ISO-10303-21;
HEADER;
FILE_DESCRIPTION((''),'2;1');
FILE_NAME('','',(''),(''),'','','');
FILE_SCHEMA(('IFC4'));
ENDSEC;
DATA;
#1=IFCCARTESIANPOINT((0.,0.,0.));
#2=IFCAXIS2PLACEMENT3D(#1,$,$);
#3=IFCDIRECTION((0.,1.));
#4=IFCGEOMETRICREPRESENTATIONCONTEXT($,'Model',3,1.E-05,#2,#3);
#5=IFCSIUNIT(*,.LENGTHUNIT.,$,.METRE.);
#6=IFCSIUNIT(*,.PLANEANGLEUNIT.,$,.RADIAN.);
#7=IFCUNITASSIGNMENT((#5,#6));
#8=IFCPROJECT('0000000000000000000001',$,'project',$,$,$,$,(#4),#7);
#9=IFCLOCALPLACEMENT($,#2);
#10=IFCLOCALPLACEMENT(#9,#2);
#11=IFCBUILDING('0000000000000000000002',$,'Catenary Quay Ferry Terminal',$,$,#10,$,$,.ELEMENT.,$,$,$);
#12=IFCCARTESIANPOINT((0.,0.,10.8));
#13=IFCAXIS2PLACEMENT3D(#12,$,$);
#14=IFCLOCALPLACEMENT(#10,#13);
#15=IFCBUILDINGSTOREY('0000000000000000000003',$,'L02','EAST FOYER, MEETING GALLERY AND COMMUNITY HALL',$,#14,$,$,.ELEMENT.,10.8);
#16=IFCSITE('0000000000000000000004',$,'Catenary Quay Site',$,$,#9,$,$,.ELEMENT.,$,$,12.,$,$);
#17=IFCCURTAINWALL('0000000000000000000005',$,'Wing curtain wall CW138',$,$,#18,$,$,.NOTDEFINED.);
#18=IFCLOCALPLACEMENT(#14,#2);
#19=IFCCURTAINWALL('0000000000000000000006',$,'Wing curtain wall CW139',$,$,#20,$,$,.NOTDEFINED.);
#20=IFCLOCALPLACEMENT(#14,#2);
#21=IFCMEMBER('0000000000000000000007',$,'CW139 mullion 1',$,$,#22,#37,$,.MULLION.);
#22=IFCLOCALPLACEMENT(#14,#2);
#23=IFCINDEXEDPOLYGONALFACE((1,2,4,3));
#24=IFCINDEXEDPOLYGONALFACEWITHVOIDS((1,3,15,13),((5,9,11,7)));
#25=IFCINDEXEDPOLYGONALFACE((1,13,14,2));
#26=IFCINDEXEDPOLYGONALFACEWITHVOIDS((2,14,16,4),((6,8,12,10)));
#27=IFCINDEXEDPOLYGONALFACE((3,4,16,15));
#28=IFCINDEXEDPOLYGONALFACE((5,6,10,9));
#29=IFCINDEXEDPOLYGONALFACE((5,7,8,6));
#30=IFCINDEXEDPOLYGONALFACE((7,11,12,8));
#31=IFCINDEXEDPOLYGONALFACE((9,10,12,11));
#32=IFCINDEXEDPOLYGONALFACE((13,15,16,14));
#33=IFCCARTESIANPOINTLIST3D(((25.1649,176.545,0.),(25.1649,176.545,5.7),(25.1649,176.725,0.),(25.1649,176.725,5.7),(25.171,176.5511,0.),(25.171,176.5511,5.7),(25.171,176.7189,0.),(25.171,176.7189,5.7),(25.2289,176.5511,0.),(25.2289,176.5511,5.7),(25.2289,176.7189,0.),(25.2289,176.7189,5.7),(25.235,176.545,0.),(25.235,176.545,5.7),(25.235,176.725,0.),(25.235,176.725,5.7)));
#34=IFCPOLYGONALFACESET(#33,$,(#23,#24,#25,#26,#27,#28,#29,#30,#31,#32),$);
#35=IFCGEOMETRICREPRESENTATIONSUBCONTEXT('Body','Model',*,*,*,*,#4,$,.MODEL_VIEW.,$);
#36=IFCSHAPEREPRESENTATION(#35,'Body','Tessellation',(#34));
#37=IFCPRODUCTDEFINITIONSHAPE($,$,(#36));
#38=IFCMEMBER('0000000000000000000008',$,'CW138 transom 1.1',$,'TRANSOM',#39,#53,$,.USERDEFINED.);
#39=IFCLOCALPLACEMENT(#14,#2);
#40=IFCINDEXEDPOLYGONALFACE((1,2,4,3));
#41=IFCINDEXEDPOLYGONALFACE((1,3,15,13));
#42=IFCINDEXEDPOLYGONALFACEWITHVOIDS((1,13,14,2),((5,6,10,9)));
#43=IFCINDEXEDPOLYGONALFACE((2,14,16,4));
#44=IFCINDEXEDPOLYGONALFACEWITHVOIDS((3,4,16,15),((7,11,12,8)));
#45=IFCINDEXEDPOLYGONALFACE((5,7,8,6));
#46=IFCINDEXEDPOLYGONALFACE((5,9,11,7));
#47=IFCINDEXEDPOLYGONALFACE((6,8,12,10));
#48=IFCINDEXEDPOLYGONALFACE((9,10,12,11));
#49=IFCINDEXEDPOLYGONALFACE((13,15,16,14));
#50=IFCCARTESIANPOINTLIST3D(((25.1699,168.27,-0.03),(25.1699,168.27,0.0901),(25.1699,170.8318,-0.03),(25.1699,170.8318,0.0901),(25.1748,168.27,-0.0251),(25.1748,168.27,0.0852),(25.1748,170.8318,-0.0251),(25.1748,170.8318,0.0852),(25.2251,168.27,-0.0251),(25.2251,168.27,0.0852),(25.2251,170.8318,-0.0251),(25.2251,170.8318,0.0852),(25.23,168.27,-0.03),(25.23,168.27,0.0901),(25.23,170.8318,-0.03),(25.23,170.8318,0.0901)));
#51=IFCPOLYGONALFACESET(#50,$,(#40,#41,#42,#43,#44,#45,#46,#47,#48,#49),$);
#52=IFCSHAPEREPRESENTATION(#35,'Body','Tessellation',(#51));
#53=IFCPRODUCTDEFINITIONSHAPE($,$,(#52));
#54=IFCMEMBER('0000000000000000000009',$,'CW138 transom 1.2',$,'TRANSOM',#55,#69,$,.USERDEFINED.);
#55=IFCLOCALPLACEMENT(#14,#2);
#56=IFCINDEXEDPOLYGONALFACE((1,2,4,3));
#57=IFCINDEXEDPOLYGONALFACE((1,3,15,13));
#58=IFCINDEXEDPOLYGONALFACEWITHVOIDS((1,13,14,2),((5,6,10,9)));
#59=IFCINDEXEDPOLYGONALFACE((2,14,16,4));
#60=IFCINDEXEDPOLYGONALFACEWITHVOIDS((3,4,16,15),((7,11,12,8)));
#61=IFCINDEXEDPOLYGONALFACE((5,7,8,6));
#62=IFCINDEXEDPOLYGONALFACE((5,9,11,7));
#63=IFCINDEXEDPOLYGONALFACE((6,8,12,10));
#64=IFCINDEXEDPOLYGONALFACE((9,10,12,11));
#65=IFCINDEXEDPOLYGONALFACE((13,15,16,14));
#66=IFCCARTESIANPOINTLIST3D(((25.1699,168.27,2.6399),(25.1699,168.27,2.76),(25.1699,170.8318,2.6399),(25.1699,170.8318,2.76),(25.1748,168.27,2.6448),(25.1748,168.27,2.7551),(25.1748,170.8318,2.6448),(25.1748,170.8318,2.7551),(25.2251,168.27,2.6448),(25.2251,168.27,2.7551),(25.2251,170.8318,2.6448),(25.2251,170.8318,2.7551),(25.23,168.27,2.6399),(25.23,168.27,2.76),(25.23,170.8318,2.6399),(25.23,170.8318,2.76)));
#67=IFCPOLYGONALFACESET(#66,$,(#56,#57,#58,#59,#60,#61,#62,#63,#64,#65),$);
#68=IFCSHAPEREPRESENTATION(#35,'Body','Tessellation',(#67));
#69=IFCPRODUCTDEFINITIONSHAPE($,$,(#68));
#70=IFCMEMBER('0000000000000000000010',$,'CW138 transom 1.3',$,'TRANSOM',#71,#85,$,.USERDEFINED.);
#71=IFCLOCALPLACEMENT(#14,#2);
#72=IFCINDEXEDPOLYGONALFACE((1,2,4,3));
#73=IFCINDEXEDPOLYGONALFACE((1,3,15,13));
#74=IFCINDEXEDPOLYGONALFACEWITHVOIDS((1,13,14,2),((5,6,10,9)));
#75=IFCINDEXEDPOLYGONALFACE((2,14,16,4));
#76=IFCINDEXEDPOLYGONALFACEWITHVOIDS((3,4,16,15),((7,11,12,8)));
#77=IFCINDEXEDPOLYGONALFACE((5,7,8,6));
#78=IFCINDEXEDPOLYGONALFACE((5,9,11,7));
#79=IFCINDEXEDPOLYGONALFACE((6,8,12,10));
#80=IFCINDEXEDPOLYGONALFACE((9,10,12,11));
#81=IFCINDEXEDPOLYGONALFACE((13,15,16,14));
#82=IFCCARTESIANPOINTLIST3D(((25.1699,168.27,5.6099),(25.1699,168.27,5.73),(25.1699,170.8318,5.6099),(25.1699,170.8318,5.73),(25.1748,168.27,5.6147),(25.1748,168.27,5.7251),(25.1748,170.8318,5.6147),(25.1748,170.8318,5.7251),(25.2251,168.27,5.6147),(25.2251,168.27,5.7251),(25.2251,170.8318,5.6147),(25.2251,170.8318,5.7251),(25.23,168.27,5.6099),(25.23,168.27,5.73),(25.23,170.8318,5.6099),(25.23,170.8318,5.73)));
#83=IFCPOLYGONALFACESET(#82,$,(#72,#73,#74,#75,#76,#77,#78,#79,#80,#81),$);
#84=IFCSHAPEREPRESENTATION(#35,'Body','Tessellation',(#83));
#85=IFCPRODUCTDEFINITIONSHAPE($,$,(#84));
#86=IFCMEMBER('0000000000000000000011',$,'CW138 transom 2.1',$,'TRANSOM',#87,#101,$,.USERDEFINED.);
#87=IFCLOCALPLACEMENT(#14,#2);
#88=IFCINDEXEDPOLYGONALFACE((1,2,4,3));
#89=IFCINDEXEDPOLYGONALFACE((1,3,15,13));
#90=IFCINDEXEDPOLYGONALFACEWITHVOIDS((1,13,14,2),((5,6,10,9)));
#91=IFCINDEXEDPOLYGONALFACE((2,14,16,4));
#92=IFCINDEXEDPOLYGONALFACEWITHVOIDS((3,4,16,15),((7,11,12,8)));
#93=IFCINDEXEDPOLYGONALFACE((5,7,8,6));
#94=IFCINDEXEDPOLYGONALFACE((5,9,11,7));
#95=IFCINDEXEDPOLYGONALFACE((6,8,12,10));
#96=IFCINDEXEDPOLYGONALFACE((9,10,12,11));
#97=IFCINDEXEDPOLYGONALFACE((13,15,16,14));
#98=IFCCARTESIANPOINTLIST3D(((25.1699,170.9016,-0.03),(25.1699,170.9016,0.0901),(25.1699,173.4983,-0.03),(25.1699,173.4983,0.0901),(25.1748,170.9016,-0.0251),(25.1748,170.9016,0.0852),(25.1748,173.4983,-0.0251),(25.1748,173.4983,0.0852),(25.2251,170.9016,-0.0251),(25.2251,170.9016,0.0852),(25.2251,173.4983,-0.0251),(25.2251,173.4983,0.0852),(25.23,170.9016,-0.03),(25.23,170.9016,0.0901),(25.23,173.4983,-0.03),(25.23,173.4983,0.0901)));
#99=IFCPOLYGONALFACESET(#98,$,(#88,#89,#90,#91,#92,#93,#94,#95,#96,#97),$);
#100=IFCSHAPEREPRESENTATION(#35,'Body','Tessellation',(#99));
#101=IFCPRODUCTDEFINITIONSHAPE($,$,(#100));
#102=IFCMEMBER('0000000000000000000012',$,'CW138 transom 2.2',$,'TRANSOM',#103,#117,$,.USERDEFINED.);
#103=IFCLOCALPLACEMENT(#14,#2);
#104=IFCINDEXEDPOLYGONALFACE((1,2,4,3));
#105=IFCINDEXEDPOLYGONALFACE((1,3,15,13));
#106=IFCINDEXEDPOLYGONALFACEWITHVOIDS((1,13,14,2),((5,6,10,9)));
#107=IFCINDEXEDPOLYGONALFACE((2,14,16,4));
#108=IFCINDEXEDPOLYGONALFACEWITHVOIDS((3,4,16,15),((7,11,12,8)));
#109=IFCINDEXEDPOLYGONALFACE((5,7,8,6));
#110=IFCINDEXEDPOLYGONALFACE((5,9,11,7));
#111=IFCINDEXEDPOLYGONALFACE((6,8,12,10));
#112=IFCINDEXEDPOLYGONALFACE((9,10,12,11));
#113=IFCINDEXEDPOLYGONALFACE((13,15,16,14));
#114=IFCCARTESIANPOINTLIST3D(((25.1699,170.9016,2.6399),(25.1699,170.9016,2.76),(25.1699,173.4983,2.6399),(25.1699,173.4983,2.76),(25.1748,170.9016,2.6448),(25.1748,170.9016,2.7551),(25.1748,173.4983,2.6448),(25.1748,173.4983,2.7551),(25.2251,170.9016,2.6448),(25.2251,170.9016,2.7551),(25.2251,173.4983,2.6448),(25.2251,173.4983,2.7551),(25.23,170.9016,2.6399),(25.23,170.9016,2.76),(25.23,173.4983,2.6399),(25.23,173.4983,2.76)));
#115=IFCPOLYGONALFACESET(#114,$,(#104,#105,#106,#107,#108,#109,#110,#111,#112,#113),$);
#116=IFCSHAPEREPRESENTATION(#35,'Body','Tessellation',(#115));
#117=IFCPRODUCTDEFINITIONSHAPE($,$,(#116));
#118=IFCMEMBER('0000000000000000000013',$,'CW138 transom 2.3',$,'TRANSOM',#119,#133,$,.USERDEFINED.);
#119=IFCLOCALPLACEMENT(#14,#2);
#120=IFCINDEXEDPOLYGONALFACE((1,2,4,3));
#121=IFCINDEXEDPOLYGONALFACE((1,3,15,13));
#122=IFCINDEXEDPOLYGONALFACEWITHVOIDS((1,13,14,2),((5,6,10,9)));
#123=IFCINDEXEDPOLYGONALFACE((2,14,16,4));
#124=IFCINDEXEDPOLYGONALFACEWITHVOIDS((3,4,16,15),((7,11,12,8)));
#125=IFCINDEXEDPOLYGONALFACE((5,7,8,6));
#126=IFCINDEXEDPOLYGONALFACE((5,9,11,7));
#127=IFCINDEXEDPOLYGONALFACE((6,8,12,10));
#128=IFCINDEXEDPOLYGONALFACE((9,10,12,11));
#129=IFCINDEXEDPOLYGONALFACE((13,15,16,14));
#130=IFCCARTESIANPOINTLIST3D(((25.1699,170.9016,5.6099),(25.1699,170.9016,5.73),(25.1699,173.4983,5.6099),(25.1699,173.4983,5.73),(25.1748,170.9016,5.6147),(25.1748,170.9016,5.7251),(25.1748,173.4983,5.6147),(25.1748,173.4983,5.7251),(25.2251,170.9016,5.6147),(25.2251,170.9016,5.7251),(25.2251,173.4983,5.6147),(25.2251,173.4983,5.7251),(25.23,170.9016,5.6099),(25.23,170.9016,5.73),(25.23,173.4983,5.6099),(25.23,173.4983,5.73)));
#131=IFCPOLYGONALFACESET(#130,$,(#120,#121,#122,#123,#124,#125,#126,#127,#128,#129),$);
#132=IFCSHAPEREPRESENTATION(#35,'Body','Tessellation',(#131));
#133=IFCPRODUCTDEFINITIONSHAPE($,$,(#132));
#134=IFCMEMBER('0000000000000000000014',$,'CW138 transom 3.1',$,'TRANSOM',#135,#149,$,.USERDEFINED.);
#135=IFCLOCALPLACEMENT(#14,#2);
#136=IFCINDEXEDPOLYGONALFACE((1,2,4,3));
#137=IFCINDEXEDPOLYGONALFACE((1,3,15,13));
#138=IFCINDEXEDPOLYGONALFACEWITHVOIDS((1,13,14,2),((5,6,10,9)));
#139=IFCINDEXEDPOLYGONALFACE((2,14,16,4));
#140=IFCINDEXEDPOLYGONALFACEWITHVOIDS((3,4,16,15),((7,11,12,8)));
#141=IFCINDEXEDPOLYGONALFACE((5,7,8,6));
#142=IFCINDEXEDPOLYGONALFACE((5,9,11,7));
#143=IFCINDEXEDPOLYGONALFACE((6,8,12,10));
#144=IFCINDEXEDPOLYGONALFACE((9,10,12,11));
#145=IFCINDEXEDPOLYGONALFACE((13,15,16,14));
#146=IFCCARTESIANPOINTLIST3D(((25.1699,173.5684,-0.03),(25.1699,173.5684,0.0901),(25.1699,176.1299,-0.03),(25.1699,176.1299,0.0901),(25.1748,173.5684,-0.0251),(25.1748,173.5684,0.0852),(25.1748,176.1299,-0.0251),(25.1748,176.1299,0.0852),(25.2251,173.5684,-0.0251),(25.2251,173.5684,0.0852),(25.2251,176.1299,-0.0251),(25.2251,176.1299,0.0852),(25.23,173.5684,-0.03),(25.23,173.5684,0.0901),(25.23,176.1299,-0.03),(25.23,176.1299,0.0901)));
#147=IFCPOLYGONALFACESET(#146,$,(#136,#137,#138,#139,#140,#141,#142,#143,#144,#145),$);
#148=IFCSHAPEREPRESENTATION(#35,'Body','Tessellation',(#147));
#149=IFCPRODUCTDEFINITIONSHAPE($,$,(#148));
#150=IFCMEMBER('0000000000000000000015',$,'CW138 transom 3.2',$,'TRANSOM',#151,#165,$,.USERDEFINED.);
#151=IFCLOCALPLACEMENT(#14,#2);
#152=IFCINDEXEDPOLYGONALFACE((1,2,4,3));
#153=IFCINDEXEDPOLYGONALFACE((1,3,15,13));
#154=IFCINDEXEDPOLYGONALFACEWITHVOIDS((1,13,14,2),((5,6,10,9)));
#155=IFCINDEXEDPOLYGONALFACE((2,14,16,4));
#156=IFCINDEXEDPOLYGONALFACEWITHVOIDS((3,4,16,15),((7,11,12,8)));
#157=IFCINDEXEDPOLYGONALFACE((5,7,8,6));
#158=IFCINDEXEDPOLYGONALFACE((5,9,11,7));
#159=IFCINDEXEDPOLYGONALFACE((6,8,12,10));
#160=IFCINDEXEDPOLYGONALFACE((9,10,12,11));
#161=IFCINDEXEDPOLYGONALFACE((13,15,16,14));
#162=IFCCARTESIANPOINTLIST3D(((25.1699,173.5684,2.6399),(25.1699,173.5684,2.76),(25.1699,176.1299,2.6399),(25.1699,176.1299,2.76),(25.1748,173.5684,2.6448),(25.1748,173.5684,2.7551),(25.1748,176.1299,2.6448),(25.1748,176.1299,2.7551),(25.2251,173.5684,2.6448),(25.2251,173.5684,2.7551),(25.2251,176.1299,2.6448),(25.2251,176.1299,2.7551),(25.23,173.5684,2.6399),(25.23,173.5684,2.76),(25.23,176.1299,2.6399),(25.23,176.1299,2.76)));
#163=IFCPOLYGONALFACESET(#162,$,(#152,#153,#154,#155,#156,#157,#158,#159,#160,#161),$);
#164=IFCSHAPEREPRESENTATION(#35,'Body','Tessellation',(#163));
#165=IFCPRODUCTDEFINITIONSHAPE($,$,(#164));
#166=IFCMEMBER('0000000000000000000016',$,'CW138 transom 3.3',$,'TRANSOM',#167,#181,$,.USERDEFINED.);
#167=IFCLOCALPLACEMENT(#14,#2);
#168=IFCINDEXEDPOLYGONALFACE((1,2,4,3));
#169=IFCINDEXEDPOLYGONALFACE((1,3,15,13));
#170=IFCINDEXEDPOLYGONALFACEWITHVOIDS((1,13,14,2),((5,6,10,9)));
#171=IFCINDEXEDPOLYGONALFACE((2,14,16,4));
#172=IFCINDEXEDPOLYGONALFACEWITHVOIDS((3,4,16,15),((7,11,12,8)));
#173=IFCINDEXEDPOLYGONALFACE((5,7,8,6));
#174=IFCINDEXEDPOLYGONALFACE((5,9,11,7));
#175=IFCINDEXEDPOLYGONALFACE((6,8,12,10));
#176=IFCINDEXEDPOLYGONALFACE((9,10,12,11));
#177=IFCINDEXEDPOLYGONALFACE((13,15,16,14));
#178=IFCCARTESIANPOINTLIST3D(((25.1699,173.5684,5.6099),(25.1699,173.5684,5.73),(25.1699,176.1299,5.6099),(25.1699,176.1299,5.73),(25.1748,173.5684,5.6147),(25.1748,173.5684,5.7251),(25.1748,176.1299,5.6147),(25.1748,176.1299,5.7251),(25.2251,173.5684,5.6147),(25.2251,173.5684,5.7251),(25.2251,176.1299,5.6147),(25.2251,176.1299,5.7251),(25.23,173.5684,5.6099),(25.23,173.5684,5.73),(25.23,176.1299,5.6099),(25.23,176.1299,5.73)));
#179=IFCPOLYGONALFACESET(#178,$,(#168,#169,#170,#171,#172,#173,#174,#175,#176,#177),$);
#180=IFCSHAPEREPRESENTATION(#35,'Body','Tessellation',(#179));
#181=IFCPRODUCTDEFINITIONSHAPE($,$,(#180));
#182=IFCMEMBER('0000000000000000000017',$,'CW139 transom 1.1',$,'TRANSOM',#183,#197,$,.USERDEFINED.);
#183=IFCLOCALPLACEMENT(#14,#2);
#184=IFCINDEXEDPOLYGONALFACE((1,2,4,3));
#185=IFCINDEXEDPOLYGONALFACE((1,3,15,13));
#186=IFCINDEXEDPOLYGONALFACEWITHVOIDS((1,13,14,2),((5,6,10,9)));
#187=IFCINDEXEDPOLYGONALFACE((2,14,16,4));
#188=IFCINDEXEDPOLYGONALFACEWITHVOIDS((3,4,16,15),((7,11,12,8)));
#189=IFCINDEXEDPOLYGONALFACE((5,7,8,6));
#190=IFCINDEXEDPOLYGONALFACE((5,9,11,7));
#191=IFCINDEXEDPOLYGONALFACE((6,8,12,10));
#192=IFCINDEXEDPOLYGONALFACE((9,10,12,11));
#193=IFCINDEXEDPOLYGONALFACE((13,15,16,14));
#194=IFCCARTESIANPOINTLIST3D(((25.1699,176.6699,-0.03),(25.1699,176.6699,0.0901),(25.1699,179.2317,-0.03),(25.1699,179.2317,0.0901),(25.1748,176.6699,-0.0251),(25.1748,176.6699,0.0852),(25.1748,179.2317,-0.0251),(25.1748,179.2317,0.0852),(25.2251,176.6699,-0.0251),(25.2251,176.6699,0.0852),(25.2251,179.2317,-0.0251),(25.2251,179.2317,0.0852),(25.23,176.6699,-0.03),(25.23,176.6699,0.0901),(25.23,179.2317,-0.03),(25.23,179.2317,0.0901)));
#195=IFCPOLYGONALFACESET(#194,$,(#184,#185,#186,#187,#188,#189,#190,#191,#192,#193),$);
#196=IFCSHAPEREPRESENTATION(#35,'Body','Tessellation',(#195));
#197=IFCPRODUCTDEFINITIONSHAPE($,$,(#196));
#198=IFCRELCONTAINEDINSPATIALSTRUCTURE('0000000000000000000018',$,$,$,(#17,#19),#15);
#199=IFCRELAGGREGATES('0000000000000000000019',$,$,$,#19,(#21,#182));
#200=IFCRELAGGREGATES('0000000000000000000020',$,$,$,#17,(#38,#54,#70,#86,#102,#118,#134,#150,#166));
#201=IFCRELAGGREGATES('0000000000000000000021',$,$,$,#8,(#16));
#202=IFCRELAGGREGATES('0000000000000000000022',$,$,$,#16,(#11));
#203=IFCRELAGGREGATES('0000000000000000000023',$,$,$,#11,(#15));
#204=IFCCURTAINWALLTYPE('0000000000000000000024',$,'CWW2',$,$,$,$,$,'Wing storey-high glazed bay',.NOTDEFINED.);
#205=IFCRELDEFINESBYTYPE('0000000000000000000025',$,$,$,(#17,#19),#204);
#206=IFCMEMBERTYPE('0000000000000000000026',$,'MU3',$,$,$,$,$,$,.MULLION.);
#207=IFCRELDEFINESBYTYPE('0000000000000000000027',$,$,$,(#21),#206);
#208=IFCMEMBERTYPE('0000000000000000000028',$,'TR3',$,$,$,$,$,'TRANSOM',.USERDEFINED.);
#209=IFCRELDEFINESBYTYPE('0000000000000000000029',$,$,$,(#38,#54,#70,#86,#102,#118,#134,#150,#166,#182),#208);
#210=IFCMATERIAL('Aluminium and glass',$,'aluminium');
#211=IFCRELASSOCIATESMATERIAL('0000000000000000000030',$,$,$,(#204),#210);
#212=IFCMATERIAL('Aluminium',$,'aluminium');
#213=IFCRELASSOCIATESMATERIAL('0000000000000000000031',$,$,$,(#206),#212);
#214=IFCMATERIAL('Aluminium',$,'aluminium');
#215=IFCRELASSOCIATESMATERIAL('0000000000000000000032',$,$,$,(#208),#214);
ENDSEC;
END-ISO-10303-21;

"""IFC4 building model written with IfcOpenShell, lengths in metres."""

from ifc_helpers import new_model, si_unit, direction, frame, origin, origin_2d, place, context, subcontext, project, spatial, hollow_rectangle, extrude, material, material_profile, profile_set, type_object, element, aggregate, save


model = new_model("IFC4")

# Units and contexts
model_context = context("Model", 3, precision=1e-05, world=origin(), true_north=direction((0.0, 1.0)))
body_context = subcontext(model_context, "Body", "Model", "MODEL_VIEW")
ifc_project = project(units=[si_unit("LENGTHUNIT", "METRE"), si_unit("PLANEANGLEUNIT", "RADIAN")], contexts=[model_context])

# Site, building, storey
site_placement = place(None, origin())
site = spatial("IfcSite", under=ifc_project, at=site_placement, Name="Catenary Quay Site", CompositionType="ELEMENT", RefElevation=12.0)
building_placement = place(site_placement, origin())
building = spatial("IfcBuilding", under=site, at=building_placement, Name="Catenary Quay Ferry Terminal", CompositionType="ELEMENT")
storey_placement = place(building_placement, frame((0.0, 0.0, 10.8)))
storey = spatial("IfcBuildingStorey", under=building, at=storey_placement, Name="L02", Description="EAST FOYER, MEETING GALLERY AND COMMUNITY HALL", CompositionType="ELEMENT", Elevation=10.8)

# Curtain wall
ifc_material_1 = material(Name="Aluminium and glass", Category="aluminium")
curtain_wall_type = type_object("IfcCurtainWallType", Name="CWW2", ElementType="Wing storey-high glazed bay", PredefinedType="NOTDEFINED", material=ifc_material_1)
curtain_wall_1_placement = place(storey_placement, origin())
curtain_wall_1 = element("IfcCurtainWall", 1, at=curtain_wall_1_placement, inside=storey, type_object=curtain_wall_type, Name="Wing curtain wall CW138", PredefinedType="NOTDEFINED")
ifc_material_2 = material(Name="Aluminium", Category="aluminium")
ifc_material_profile_1 = material_profile(ifc_material_2, hollow_rectangle(XDim=0.0701, YDim=0.1799, WallThickness=0.0061, at=origin_2d()), Name="MU3")
ifc_profile_set_1 = profile_set([ifc_material_profile_1], Name="Aluminium")
member_type_1 = type_object("IfcMemberType", Name="MU3", PredefinedType="MULLION", material=ifc_profile_set_1)

# Curtain wall, member
curtain_wall_2_placement = place(storey_placement, origin())
curtain_wall_2 = element("IfcCurtainWall", 2, at=curtain_wall_2_placement, inside=storey, type_object=curtain_wall_type, Name="Wing curtain wall CW139", PredefinedType="NOTDEFINED")
member_1_placement = place(storey_placement, frame((25.2, 176.635, 0.0), z_axis=(0.0, 0.0, 1.0), x_axis=(-1.0, 0.0, 0.0)))
member_1 = element("IfcMember", 3, at=member_1_placement, type_object=member_type_1, Name="CW139 mullion 1", PredefinedType="MULLION", context=body_context, shape_type="SweptSolid", body=[
    extrude(hollow_rectangle(XDim=0.0701, YDim=0.1799, WallThickness=0.0061, at=origin_2d()), origin(), (0.0, 0.0, 1.0), 5.7),
])

# Members
ifc_material_3 = material(Name="Aluminium", Category="aluminium")
ifc_material_profile_2 = material_profile(ifc_material_3, hollow_rectangle(XDim=0.0601, YDim=0.1201, WallThickness=0.0049, at=origin_2d()), Name="TR3")
ifc_profile_set_2 = profile_set([ifc_material_profile_2], Name="Aluminium")
member_type_2 = type_object("IfcMemberType", Name="TR3", ElementType="TRANSOM", PredefinedType="USERDEFINED", material=ifc_profile_set_2)
member_2_placement = place(storey_placement, frame((25.2, 168.27, 0.03), z_axis=(0.0, 1.0, 0.0), x_axis=(-1.0, 0.0, 0.0)))
member_2 = element("IfcMember", 4, at=member_2_placement, type_object=member_type_2, Name="CW138 transom 1.1", ObjectType="TRANSOM", PredefinedType="USERDEFINED", context=body_context, shape_type="SweptSolid", body=[
    extrude(hollow_rectangle(XDim=0.0601, YDim=0.1201, WallThickness=0.0049, at=origin_2d()), origin(), (0.0, 0.0, 1.0), 2.5618),
])
member_3_placement = place(storey_placement, frame((25.2, 168.27, 2.7), z_axis=(0.0, 1.0, 0.0), x_axis=(-1.0, 0.0, 0.0)))
member_3 = element("IfcMember", 5, at=member_3_placement, type_object=member_type_2, Name="CW138 transom 1.2", ObjectType="TRANSOM", PredefinedType="USERDEFINED", context=body_context, shape_type="SweptSolid", body=[
    extrude(hollow_rectangle(XDim=0.0601, YDim=0.1201, WallThickness=0.0049, at=origin_2d()), origin(), (0.0, 0.0, 1.0), 2.5618),
])
member_4_placement = place(storey_placement, frame((25.2, 168.27, 5.6699), z_axis=(0.0, 1.0, 0.0), x_axis=(-1.0, 0.0, 0.0)))
member_4 = element("IfcMember", 6, at=member_4_placement, type_object=member_type_2, Name="CW138 transom 1.3", ObjectType="TRANSOM", PredefinedType="USERDEFINED", context=body_context, shape_type="SweptSolid", body=[
    extrude(hollow_rectangle(XDim=0.0601, YDim=0.1201, WallThickness=0.0049, at=origin_2d()), origin(), (0.0, 0.0, 1.0), 2.5618),
])
member_5_placement = place(storey_placement, frame((25.2, 170.9016, 0.03), z_axis=(0.0, 1.0, 0.0), x_axis=(-1.0, 0.0, 0.0)))
member_5 = element("IfcMember", 7, at=member_5_placement, type_object=member_type_2, Name="CW138 transom 2.1", ObjectType="TRANSOM", PredefinedType="USERDEFINED", context=body_context, shape_type="SweptSolid", body=[
    extrude(hollow_rectangle(XDim=0.0601, YDim=0.1201, WallThickness=0.0049, at=origin_2d()), origin(), (0.0, 0.0, 1.0), 2.5967),
])
member_6_placement = place(storey_placement, frame((25.2, 170.9016, 2.7), z_axis=(0.0, 1.0, 0.0), x_axis=(-1.0, 0.0, 0.0)))
member_6 = element("IfcMember", 8, at=member_6_placement, type_object=member_type_2, Name="CW138 transom 2.2", ObjectType="TRANSOM", PredefinedType="USERDEFINED", context=body_context, shape_type="SweptSolid", body=[
    extrude(hollow_rectangle(XDim=0.0601, YDim=0.1201, WallThickness=0.0049, at=origin_2d()), origin(), (0.0, 0.0, 1.0), 2.5967),
])
member_7_placement = place(storey_placement, frame((25.2, 170.9016, 5.6699), z_axis=(0.0, 1.0, 0.0), x_axis=(-1.0, 0.0, 0.0)))
member_7 = element("IfcMember", 9, at=member_7_placement, type_object=member_type_2, Name="CW138 transom 2.3", ObjectType="TRANSOM", PredefinedType="USERDEFINED", context=body_context, shape_type="SweptSolid", body=[
    extrude(hollow_rectangle(XDim=0.0601, YDim=0.1201, WallThickness=0.0049, at=origin_2d()), origin(), (0.0, 0.0, 1.0), 2.5967),
])
member_8_placement = place(storey_placement, frame((25.2, 173.5684, 0.03), z_axis=(0.0, 1.0, 0.0), x_axis=(-1.0, 0.0, 0.0)))
member_8 = element("IfcMember", 10, at=member_8_placement, type_object=member_type_2, Name="CW138 transom 3.1", ObjectType="TRANSOM", PredefinedType="USERDEFINED", context=body_context, shape_type="SweptSolid", body=[
    extrude(hollow_rectangle(XDim=0.0601, YDim=0.1201, WallThickness=0.0049, at=origin_2d()), origin(), (0.0, 0.0, 1.0), 2.5615),
])
member_9_placement = place(storey_placement, frame((25.2, 173.5684, 2.7), z_axis=(0.0, 1.0, 0.0), x_axis=(-1.0, 0.0, 0.0)))
member_9 = element("IfcMember", 11, at=member_9_placement, type_object=member_type_2, Name="CW138 transom 3.2", ObjectType="TRANSOM", PredefinedType="USERDEFINED", context=body_context, shape_type="SweptSolid", body=[
    extrude(hollow_rectangle(XDim=0.0601, YDim=0.1201, WallThickness=0.0049, at=origin_2d()), origin(), (0.0, 0.0, 1.0), 2.5615),
])
member_10_placement = place(storey_placement, frame((25.2, 173.5684, 5.6699), z_axis=(0.0, 1.0, 0.0), x_axis=(-1.0, 0.0, 0.0)))
member_10 = element("IfcMember", 12, at=member_10_placement, type_object=member_type_2, Name="CW138 transom 3.3", ObjectType="TRANSOM", PredefinedType="USERDEFINED", context=body_context, shape_type="SweptSolid", body=[
    extrude(hollow_rectangle(XDim=0.0601, YDim=0.1201, WallThickness=0.0049, at=origin_2d()), origin(), (0.0, 0.0, 1.0), 2.5615),
])
member_11_placement = place(storey_placement, frame((25.2, 176.6699, 0.03), z_axis=(0.0, 1.0, 0.0), x_axis=(-1.0, 0.0, 0.0)))
member_11 = element("IfcMember", 13, at=member_11_placement, type_object=member_type_2, Name="CW139 transom 1.1", ObjectType="TRANSOM", PredefinedType="USERDEFINED", context=body_context, shape_type="SweptSolid", body=[
    extrude(hollow_rectangle(XDim=0.0601, YDim=0.1201, WallThickness=0.0049, at=origin_2d()), origin(), (0.0, 0.0, 1.0), 2.5618),
])
aggregate(curtain_wall_2, [member_1, member_11])

aggregate(curtain_wall_1, [member_2, member_3, member_4, member_5, member_6, member_7, member_8, member_9, member_10])

save(model, "model.ifc")
